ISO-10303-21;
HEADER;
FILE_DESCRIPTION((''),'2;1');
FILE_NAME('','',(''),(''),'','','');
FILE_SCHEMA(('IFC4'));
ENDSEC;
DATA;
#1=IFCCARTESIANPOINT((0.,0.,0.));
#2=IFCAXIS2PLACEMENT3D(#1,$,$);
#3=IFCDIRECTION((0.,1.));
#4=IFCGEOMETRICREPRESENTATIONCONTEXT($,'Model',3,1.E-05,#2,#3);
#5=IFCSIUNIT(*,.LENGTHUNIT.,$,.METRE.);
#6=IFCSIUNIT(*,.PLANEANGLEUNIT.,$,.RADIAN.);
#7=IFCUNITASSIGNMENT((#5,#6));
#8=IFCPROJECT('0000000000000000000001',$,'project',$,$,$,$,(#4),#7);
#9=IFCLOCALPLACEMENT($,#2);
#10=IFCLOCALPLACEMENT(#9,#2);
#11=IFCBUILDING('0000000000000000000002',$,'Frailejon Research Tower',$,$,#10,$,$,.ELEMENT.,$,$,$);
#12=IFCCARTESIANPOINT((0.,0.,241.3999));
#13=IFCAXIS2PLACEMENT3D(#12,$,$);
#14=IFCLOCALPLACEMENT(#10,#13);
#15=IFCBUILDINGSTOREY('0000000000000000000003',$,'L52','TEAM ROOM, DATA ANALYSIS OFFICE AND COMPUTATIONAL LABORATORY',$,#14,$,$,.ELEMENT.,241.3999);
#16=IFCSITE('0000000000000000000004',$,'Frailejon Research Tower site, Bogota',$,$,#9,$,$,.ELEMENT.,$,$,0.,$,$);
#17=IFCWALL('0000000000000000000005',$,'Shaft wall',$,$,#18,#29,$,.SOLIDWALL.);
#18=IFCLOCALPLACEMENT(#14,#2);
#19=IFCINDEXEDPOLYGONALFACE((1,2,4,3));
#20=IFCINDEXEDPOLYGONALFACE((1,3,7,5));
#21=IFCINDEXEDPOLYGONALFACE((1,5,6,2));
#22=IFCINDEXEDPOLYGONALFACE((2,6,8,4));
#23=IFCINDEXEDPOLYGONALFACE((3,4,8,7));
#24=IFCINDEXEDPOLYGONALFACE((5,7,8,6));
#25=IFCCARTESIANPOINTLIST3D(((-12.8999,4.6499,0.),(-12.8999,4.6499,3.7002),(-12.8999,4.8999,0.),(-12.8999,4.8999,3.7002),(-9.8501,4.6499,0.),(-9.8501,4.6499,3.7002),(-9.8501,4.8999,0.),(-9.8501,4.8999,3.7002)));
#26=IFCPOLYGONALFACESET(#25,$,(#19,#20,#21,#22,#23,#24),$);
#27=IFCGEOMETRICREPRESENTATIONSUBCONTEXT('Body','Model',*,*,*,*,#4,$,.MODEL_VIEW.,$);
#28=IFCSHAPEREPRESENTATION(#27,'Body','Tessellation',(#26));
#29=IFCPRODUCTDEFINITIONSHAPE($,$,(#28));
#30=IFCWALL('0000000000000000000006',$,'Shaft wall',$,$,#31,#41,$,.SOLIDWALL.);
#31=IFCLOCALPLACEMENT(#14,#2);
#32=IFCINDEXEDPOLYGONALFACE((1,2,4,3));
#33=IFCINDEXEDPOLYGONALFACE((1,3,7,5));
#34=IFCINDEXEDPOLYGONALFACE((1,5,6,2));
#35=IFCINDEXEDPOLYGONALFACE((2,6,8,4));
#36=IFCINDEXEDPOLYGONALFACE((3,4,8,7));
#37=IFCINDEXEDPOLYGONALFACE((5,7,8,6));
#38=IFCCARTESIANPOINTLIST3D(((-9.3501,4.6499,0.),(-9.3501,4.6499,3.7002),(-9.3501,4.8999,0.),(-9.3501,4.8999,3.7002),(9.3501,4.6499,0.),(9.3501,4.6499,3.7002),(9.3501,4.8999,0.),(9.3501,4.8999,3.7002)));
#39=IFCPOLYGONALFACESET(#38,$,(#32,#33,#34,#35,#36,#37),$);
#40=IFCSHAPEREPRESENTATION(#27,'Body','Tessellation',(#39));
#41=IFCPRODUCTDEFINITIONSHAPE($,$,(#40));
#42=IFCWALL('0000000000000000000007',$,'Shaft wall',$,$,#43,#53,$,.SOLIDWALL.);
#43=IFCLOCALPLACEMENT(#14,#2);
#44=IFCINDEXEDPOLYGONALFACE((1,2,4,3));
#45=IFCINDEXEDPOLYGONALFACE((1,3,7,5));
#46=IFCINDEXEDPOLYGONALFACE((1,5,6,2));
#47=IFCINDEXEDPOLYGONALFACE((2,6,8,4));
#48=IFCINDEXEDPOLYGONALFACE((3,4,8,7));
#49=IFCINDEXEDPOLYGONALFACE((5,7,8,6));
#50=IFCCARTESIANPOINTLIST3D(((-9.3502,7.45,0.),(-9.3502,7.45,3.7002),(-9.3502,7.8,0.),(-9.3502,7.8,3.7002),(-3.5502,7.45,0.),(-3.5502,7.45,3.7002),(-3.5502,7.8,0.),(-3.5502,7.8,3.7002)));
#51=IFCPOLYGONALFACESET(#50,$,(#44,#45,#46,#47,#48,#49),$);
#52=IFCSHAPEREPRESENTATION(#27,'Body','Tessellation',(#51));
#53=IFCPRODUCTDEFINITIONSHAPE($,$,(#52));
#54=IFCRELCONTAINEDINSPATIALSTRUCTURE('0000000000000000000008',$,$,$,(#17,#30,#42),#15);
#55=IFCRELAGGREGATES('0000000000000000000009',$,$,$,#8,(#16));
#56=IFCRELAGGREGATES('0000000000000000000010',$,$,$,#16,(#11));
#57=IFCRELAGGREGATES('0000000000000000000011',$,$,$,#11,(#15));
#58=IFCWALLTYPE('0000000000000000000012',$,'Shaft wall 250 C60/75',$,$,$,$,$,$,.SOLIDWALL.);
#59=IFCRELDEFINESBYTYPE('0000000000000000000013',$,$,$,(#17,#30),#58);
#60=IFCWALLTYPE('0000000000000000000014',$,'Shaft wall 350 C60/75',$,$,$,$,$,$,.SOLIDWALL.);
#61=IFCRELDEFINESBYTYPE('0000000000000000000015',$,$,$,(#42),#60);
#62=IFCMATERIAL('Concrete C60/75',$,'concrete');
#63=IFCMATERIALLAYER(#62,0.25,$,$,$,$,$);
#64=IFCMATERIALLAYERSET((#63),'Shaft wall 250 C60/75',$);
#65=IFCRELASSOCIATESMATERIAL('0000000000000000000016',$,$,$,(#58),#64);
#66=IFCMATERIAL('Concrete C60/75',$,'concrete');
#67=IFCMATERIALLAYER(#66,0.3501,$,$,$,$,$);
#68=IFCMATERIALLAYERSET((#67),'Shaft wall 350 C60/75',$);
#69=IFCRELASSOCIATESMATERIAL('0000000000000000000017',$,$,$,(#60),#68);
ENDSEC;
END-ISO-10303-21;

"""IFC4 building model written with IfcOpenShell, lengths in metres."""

from ifc_helpers import new_model, si_unit, direction, frame, frame_2d, origin, place, context, subcontext, project, spatial, rectangle, extrude, material, layer, layer_set, type_object, element, save


model = new_model("IFC4")

# Units and contexts
model_context = context("Model", 3, precision=1e-05, world=origin(), true_north=direction((0.0, 1.0)))
body_context = subcontext(model_context, "Body", "Model", "MODEL_VIEW")
ifc_project = project(units=[si_unit("LENGTHUNIT", "METRE"), si_unit("PLANEANGLEUNIT", "RADIAN")], contexts=[model_context])

# Site, building, storey
site_placement = place(None, origin())
site = spatial("IfcSite", under=ifc_project, at=site_placement, Name="Frailejon Research Tower site, Bogota", CompositionType="ELEMENT", RefElevation=0.0)
building_placement = place(site_placement, origin())
building = spatial("IfcBuilding", under=site, at=building_placement, Name="Frailejon Research Tower", CompositionType="ELEMENT")
storey_placement = place(building_placement, frame((0.0, 0.0, 241.3999)))
storey = spatial("IfcBuildingStorey", under=building, at=storey_placement, Name="L52", Description="TEAM ROOM, DATA ANALYSIS OFFICE AND COMPUTATIONAL LABORATORY", CompositionType="ELEMENT", Elevation=241.3999)

# Shared definitions
ifc_material_1 = material(Name="Concrete C60/75", Category="concrete")
ifc_layer_1 = layer(ifc_material_1, 0.25)
ifc_layer_set_1 = layer_set([ifc_layer_1], Name="Shaft wall 250 C60/75")
wall_type_1 = type_object("IfcWallType", Name="Shaft wall 250 C60/75", PredefinedType="SOLIDWALL", material=ifc_layer_set_1)

# Walls
wall_1_placement = place(storey_placement, frame((-12.8999, 4.7749, 0.0), z_axis=(0.0, 0.0, 1.0), x_axis=(1.0, 0.0, 0.0)))
element("IfcWall", 1, at=wall_1_placement, inside=storey, type_object=wall_type_1, Name="Shaft wall", PredefinedType="SOLIDWALL", context=body_context, shape_type="SweptSolid", body=[
    extrude(rectangle(XDim=3.0498, YDim=0.25, at=frame_2d((1.5249, 0.0))), origin(), (0.0, 0.0, 1.0), 3.7002),
])
wall_2_placement = place(storey_placement, frame((-9.3501, 4.7749, 0.0), z_axis=(0.0, 0.0, 1.0), x_axis=(1.0, 0.0, 0.0)))
element("IfcWall", 2, at=wall_2_placement, inside=storey, type_object=wall_type_1, Name="Shaft wall", PredefinedType="SOLIDWALL", context=body_context, shape_type="SweptSolid", body=[
    extrude(rectangle(XDim=18.7002, YDim=0.25, at=frame_2d((9.3501, 0.0))), origin(), (0.0, 0.0, 1.0), 3.7002),
])
ifc_material_2 = material(Name="Concrete C60/75", Category="concrete")
ifc_layer_2 = layer(ifc_material_2, 0.3501)
ifc_layer_set_2 = layer_set([ifc_layer_2], Name="Shaft wall 350 C60/75")
wall_type_2 = type_object("IfcWallType", Name="Shaft wall 350 C60/75", PredefinedType="SOLIDWALL", material=ifc_layer_set_2)
wall_3_placement = place(storey_placement, frame((-9.3501, 7.625, 0.0), z_axis=(0.0, 0.0, 1.0), x_axis=(1.0, 0.0, 0.0)))
element("IfcWall", 3, at=wall_3_placement, inside=storey, type_object=wall_type_2, Name="Shaft wall", PredefinedType="SOLIDWALL", context=body_context, shape_type="SweptSolid", body=[
    extrude(rectangle(XDim=5.8, YDim=0.3501, at=frame_2d((2.8999, 0.0))), origin(), (0.0, 0.0, 1.0), 3.7002),
])

save(model, "model.ifc")
